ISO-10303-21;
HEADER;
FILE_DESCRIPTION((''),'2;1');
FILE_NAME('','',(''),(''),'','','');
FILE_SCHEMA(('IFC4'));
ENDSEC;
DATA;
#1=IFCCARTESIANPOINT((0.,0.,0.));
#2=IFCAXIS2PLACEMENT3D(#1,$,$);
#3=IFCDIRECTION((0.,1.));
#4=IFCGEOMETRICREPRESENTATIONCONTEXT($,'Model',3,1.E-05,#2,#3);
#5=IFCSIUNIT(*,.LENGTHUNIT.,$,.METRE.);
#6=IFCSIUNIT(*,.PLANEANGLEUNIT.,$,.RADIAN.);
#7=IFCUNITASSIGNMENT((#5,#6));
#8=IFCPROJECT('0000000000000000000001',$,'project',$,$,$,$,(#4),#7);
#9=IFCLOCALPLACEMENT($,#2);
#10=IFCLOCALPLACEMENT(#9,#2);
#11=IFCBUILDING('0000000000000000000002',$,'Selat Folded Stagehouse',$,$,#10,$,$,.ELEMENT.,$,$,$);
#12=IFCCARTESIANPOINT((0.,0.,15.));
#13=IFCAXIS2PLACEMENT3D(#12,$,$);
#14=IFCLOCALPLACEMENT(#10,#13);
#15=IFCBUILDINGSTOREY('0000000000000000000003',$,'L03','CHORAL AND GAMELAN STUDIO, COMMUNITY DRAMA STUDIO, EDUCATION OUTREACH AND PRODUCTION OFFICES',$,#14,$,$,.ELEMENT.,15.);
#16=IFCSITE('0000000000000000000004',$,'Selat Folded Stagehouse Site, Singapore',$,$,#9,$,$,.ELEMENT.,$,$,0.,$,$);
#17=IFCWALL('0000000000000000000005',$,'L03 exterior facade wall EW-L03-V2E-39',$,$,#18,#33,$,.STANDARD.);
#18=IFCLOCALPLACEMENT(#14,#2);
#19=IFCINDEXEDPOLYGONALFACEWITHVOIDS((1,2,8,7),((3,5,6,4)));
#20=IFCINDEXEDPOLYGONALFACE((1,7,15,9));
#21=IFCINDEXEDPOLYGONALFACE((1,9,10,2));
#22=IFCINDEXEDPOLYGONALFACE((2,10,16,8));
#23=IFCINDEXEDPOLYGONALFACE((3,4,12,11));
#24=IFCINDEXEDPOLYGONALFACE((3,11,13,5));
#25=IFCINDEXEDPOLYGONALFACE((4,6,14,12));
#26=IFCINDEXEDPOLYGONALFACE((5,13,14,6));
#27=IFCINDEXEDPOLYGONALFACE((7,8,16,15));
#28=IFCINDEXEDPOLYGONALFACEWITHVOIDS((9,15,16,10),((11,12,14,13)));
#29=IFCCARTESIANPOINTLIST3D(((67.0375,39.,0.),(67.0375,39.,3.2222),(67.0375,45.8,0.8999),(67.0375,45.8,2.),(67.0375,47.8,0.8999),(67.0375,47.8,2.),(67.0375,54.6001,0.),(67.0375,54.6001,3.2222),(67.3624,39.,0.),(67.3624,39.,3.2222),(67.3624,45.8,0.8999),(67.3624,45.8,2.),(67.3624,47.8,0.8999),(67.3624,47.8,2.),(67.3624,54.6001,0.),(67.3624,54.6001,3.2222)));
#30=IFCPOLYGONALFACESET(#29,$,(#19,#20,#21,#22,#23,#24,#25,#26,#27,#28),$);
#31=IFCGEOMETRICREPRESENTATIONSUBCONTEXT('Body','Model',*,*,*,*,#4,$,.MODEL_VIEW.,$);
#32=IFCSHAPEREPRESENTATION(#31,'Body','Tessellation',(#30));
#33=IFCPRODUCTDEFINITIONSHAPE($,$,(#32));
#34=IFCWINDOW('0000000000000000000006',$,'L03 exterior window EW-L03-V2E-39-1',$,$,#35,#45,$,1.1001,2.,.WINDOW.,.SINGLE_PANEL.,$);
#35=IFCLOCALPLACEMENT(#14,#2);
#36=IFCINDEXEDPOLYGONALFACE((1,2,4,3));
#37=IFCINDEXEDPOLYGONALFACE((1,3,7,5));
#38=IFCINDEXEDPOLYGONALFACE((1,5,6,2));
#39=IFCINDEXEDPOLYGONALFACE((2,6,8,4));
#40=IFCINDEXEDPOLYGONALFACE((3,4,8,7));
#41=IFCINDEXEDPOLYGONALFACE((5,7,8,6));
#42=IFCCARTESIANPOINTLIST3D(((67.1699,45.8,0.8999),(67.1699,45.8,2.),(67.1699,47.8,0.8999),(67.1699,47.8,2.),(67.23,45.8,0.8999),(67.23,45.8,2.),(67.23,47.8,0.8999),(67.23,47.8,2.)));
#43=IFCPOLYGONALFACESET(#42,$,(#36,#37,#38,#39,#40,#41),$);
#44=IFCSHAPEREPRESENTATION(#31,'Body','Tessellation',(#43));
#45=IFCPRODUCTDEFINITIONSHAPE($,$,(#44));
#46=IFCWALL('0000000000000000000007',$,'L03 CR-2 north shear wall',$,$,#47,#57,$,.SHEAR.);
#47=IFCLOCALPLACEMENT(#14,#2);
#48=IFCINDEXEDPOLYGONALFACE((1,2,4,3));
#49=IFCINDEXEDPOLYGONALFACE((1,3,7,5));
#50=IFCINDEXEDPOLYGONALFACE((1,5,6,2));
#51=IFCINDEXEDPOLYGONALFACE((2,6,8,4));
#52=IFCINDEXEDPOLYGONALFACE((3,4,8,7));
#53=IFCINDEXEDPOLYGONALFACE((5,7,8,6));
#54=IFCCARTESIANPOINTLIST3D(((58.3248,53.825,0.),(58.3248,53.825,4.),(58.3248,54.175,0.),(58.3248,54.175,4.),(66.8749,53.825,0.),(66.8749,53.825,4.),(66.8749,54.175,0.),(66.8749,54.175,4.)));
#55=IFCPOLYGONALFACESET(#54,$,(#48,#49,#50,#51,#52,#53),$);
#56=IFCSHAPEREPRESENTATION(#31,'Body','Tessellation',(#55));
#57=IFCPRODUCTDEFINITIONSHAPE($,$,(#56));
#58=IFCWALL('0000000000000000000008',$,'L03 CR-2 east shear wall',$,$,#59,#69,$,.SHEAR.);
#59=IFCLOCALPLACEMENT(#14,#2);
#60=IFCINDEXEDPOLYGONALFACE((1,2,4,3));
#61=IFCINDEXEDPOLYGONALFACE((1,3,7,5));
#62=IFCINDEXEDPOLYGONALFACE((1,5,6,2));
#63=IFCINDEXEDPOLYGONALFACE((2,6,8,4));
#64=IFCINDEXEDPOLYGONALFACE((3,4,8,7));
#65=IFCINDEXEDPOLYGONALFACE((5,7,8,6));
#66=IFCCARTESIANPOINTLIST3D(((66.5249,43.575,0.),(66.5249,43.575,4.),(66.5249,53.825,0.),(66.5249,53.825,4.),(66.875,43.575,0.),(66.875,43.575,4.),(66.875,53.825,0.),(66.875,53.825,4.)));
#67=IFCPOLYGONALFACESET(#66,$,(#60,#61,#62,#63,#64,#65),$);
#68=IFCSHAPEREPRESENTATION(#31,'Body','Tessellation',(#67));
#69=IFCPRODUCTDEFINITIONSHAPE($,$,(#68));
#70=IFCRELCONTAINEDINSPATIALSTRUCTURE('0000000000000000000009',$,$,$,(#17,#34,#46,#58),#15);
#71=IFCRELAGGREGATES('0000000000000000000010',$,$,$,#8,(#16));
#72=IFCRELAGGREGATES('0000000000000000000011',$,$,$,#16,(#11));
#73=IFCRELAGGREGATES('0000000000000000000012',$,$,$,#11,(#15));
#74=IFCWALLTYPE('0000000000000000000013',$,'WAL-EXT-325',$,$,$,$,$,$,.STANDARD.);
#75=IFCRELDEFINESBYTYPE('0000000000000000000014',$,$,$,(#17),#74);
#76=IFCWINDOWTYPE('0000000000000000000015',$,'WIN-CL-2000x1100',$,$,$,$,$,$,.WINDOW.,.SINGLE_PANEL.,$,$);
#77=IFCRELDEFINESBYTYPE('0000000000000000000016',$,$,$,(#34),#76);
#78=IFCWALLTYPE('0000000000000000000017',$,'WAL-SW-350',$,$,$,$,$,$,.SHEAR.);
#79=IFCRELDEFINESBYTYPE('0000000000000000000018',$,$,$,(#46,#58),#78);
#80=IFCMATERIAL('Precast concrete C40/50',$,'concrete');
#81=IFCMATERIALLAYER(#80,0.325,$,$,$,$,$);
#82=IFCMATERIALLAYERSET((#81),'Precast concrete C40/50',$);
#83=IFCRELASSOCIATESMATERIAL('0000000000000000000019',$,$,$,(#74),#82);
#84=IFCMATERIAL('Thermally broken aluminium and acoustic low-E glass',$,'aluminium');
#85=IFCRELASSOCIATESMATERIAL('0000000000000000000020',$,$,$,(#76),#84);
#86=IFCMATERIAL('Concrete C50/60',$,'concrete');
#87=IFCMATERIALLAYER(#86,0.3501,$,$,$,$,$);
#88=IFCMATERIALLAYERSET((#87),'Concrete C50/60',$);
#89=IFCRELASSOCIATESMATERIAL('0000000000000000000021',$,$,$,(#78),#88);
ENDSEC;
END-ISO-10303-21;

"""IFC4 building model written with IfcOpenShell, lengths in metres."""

from ifc_helpers import new_model, si_unit, direction, frame, frame_2d, origin, place, context, subcontext, project, spatial, rectangle, extrude, material, layer, layer_set, type_object, element, fill, save


model = new_model("IFC4")

# Units and contexts
model_context = context("Model", 3, precision=1e-05, world=origin(), true_north=direction((0.0, 1.0)))
body_context = subcontext(model_context, "Body", "Model", "MODEL_VIEW")
ifc_project = project(units=[si_unit("LENGTHUNIT", "METRE"), si_unit("PLANEANGLEUNIT", "RADIAN")], contexts=[model_context])

# Site, building, storey
site_placement = place(None, origin())
site = spatial("IfcSite", under=ifc_project, at=site_placement, Name="Selat Folded Stagehouse Site, Singapore", CompositionType="ELEMENT", RefElevation=0.0)
building_placement = place(site_placement, origin())
building = spatial("IfcBuilding", under=site, at=building_placement, Name="Selat Folded Stagehouse", CompositionType="ELEMENT")
storey_placement = place(building_placement, frame((0.0, 0.0, 15.0)))
storey = spatial("IfcBuildingStorey", under=building, at=storey_placement, Name="L03", Description="CHORAL AND GAMELAN STUDIO, COMMUNITY DRAMA STUDIO, EDUCATION OUTREACH AND PRODUCTION OFFICES", CompositionType="ELEMENT", Elevation=15.0)

# Shared definitions
ifc_material_1 = material(Name="Concrete C50/60", Category="concrete")

# Shared definitions
ifc_material_2 = material(Name="Precast concrete C40/50", Category="concrete")
ifc_layer_1 = layer(ifc_material_2, 0.325)
ifc_layer_set_1 = layer_set([ifc_layer_1], Name="Precast concrete C40/50")
wall_type_1 = type_object("IfcWallType", Name="WAL-EXT-325", PredefinedType="STANDARD", material=ifc_layer_set_1)

# Wall, opening, window
wall_1_placement = place(storey_placement, frame((67.2, 54.6001, 0.0), z_axis=(0.0, 0.0, 1.0), x_axis=(0.0, -1.0, 0.0)))
wall_1 = element("IfcWall", 1, at=wall_1_placement, inside=storey, type_object=wall_type_1, Name="L03 exterior facade wall EW-L03-V2E-39", PredefinedType="STANDARD", context=body_context, shape_type="SweptSolid", body=[
    extrude(rectangle(XDim=15.6001, YDim=0.325, at=frame_2d((7.8, 0.0))), origin(), (0.0, 0.0, 1.0), 3.2222),
])
opening_1_placement = place(wall_1_placement, frame((6.8, 0.0, 0.8999)))
opening_1 = element("IfcOpeningElement", 2, at=opening_1_placement, cuts=wall_1, PredefinedType="OPENING", context=body_context, shape_type="SweptSolid", body=[
    extrude(rectangle(XDim=2.0, YDim=1.1001, at=frame_2d((1.0, 0.55))), frame((0.0, 0.1724, 0.0), z_axis=(0.0, -1.0, 0.0), x_axis=(1.0, 0.0, 0.0)), (0.0, 0.0, 1.0), 0.345),
])
ifc_material_3 = material(Name="Thermally broken aluminium and acoustic low-E glass", Category="aluminium")
window_type = type_object("IfcWindowType", Name="WIN-CL-2000x1100", PartitioningType="SINGLE_PANEL", PredefinedType="WINDOW", material=ifc_material_3)
window_placement = place(opening_1_placement, origin())
window = element("IfcWindow", 3, at=window_placement, inside=storey, type_object=window_type, Name="L03 exterior window EW-L03-V2E-39-1", OverallHeight=1.1001, OverallWidth=2.0, PartitioningType="SINGLE_PANEL", PredefinedType="WINDOW", context=body_context, shape_type="SweptSolid", body=[
    extrude(rectangle(XDim=2.0, YDim=1.1001, at=frame_2d((1.0, 0.55))), frame((0.0, 0.03, 0.0), z_axis=(0.0, -1.0, 0.0), x_axis=(1.0, 0.0, 0.0)), (0.0, 0.0, 1.0), 0.0601),
])
fill(opening_1, window)

# Walls
ifc_layer_2 = layer(ifc_material_1, 0.3501)
ifc_layer_set_2 = layer_set([ifc_layer_2], Name="Concrete C50/60")
wall_type_2 = type_object("IfcWallType", Name="WAL-SW-350", PredefinedType="SHEAR", material=ifc_layer_set_2)
wall_2_placement = place(storey_placement, frame((58.325, 54.0, 0.0), z_axis=(0.0, 0.0, 1.0), x_axis=(1.0, 0.0, 0.0)))
element("IfcWall", 4, at=wall_2_placement, inside=storey, type_object=wall_type_2, Name="L03 CR-2 north shear wall", PredefinedType="SHEAR", context=body_context, shape_type="SweptSolid", body=[
    extrude(rectangle(XDim=8.55, YDim=0.3501, at=frame_2d((4.2749, 0.0))), origin(), (0.0, 0.0, 1.0), 4.0),
])
wall_3_placement = place(storey_placement, frame((66.7, 53.825, 0.0), z_axis=(0.0, 0.0, 1.0), x_axis=(0.0, -1.0, 0.0)))
element("IfcWall", 5, at=wall_3_placement, inside=storey, type_object=wall_type_2, Name="L03 CR-2 east shear wall", PredefinedType="SHEAR", context=body_context, shape_type="SweptSolid", body=[
    extrude(rectangle(XDim=10.25, YDim=0.3501, at=frame_2d((5.125, 0.0))), origin(), (0.0, 0.0, 1.0), 4.0),
])

save(model, "model.ifc")
